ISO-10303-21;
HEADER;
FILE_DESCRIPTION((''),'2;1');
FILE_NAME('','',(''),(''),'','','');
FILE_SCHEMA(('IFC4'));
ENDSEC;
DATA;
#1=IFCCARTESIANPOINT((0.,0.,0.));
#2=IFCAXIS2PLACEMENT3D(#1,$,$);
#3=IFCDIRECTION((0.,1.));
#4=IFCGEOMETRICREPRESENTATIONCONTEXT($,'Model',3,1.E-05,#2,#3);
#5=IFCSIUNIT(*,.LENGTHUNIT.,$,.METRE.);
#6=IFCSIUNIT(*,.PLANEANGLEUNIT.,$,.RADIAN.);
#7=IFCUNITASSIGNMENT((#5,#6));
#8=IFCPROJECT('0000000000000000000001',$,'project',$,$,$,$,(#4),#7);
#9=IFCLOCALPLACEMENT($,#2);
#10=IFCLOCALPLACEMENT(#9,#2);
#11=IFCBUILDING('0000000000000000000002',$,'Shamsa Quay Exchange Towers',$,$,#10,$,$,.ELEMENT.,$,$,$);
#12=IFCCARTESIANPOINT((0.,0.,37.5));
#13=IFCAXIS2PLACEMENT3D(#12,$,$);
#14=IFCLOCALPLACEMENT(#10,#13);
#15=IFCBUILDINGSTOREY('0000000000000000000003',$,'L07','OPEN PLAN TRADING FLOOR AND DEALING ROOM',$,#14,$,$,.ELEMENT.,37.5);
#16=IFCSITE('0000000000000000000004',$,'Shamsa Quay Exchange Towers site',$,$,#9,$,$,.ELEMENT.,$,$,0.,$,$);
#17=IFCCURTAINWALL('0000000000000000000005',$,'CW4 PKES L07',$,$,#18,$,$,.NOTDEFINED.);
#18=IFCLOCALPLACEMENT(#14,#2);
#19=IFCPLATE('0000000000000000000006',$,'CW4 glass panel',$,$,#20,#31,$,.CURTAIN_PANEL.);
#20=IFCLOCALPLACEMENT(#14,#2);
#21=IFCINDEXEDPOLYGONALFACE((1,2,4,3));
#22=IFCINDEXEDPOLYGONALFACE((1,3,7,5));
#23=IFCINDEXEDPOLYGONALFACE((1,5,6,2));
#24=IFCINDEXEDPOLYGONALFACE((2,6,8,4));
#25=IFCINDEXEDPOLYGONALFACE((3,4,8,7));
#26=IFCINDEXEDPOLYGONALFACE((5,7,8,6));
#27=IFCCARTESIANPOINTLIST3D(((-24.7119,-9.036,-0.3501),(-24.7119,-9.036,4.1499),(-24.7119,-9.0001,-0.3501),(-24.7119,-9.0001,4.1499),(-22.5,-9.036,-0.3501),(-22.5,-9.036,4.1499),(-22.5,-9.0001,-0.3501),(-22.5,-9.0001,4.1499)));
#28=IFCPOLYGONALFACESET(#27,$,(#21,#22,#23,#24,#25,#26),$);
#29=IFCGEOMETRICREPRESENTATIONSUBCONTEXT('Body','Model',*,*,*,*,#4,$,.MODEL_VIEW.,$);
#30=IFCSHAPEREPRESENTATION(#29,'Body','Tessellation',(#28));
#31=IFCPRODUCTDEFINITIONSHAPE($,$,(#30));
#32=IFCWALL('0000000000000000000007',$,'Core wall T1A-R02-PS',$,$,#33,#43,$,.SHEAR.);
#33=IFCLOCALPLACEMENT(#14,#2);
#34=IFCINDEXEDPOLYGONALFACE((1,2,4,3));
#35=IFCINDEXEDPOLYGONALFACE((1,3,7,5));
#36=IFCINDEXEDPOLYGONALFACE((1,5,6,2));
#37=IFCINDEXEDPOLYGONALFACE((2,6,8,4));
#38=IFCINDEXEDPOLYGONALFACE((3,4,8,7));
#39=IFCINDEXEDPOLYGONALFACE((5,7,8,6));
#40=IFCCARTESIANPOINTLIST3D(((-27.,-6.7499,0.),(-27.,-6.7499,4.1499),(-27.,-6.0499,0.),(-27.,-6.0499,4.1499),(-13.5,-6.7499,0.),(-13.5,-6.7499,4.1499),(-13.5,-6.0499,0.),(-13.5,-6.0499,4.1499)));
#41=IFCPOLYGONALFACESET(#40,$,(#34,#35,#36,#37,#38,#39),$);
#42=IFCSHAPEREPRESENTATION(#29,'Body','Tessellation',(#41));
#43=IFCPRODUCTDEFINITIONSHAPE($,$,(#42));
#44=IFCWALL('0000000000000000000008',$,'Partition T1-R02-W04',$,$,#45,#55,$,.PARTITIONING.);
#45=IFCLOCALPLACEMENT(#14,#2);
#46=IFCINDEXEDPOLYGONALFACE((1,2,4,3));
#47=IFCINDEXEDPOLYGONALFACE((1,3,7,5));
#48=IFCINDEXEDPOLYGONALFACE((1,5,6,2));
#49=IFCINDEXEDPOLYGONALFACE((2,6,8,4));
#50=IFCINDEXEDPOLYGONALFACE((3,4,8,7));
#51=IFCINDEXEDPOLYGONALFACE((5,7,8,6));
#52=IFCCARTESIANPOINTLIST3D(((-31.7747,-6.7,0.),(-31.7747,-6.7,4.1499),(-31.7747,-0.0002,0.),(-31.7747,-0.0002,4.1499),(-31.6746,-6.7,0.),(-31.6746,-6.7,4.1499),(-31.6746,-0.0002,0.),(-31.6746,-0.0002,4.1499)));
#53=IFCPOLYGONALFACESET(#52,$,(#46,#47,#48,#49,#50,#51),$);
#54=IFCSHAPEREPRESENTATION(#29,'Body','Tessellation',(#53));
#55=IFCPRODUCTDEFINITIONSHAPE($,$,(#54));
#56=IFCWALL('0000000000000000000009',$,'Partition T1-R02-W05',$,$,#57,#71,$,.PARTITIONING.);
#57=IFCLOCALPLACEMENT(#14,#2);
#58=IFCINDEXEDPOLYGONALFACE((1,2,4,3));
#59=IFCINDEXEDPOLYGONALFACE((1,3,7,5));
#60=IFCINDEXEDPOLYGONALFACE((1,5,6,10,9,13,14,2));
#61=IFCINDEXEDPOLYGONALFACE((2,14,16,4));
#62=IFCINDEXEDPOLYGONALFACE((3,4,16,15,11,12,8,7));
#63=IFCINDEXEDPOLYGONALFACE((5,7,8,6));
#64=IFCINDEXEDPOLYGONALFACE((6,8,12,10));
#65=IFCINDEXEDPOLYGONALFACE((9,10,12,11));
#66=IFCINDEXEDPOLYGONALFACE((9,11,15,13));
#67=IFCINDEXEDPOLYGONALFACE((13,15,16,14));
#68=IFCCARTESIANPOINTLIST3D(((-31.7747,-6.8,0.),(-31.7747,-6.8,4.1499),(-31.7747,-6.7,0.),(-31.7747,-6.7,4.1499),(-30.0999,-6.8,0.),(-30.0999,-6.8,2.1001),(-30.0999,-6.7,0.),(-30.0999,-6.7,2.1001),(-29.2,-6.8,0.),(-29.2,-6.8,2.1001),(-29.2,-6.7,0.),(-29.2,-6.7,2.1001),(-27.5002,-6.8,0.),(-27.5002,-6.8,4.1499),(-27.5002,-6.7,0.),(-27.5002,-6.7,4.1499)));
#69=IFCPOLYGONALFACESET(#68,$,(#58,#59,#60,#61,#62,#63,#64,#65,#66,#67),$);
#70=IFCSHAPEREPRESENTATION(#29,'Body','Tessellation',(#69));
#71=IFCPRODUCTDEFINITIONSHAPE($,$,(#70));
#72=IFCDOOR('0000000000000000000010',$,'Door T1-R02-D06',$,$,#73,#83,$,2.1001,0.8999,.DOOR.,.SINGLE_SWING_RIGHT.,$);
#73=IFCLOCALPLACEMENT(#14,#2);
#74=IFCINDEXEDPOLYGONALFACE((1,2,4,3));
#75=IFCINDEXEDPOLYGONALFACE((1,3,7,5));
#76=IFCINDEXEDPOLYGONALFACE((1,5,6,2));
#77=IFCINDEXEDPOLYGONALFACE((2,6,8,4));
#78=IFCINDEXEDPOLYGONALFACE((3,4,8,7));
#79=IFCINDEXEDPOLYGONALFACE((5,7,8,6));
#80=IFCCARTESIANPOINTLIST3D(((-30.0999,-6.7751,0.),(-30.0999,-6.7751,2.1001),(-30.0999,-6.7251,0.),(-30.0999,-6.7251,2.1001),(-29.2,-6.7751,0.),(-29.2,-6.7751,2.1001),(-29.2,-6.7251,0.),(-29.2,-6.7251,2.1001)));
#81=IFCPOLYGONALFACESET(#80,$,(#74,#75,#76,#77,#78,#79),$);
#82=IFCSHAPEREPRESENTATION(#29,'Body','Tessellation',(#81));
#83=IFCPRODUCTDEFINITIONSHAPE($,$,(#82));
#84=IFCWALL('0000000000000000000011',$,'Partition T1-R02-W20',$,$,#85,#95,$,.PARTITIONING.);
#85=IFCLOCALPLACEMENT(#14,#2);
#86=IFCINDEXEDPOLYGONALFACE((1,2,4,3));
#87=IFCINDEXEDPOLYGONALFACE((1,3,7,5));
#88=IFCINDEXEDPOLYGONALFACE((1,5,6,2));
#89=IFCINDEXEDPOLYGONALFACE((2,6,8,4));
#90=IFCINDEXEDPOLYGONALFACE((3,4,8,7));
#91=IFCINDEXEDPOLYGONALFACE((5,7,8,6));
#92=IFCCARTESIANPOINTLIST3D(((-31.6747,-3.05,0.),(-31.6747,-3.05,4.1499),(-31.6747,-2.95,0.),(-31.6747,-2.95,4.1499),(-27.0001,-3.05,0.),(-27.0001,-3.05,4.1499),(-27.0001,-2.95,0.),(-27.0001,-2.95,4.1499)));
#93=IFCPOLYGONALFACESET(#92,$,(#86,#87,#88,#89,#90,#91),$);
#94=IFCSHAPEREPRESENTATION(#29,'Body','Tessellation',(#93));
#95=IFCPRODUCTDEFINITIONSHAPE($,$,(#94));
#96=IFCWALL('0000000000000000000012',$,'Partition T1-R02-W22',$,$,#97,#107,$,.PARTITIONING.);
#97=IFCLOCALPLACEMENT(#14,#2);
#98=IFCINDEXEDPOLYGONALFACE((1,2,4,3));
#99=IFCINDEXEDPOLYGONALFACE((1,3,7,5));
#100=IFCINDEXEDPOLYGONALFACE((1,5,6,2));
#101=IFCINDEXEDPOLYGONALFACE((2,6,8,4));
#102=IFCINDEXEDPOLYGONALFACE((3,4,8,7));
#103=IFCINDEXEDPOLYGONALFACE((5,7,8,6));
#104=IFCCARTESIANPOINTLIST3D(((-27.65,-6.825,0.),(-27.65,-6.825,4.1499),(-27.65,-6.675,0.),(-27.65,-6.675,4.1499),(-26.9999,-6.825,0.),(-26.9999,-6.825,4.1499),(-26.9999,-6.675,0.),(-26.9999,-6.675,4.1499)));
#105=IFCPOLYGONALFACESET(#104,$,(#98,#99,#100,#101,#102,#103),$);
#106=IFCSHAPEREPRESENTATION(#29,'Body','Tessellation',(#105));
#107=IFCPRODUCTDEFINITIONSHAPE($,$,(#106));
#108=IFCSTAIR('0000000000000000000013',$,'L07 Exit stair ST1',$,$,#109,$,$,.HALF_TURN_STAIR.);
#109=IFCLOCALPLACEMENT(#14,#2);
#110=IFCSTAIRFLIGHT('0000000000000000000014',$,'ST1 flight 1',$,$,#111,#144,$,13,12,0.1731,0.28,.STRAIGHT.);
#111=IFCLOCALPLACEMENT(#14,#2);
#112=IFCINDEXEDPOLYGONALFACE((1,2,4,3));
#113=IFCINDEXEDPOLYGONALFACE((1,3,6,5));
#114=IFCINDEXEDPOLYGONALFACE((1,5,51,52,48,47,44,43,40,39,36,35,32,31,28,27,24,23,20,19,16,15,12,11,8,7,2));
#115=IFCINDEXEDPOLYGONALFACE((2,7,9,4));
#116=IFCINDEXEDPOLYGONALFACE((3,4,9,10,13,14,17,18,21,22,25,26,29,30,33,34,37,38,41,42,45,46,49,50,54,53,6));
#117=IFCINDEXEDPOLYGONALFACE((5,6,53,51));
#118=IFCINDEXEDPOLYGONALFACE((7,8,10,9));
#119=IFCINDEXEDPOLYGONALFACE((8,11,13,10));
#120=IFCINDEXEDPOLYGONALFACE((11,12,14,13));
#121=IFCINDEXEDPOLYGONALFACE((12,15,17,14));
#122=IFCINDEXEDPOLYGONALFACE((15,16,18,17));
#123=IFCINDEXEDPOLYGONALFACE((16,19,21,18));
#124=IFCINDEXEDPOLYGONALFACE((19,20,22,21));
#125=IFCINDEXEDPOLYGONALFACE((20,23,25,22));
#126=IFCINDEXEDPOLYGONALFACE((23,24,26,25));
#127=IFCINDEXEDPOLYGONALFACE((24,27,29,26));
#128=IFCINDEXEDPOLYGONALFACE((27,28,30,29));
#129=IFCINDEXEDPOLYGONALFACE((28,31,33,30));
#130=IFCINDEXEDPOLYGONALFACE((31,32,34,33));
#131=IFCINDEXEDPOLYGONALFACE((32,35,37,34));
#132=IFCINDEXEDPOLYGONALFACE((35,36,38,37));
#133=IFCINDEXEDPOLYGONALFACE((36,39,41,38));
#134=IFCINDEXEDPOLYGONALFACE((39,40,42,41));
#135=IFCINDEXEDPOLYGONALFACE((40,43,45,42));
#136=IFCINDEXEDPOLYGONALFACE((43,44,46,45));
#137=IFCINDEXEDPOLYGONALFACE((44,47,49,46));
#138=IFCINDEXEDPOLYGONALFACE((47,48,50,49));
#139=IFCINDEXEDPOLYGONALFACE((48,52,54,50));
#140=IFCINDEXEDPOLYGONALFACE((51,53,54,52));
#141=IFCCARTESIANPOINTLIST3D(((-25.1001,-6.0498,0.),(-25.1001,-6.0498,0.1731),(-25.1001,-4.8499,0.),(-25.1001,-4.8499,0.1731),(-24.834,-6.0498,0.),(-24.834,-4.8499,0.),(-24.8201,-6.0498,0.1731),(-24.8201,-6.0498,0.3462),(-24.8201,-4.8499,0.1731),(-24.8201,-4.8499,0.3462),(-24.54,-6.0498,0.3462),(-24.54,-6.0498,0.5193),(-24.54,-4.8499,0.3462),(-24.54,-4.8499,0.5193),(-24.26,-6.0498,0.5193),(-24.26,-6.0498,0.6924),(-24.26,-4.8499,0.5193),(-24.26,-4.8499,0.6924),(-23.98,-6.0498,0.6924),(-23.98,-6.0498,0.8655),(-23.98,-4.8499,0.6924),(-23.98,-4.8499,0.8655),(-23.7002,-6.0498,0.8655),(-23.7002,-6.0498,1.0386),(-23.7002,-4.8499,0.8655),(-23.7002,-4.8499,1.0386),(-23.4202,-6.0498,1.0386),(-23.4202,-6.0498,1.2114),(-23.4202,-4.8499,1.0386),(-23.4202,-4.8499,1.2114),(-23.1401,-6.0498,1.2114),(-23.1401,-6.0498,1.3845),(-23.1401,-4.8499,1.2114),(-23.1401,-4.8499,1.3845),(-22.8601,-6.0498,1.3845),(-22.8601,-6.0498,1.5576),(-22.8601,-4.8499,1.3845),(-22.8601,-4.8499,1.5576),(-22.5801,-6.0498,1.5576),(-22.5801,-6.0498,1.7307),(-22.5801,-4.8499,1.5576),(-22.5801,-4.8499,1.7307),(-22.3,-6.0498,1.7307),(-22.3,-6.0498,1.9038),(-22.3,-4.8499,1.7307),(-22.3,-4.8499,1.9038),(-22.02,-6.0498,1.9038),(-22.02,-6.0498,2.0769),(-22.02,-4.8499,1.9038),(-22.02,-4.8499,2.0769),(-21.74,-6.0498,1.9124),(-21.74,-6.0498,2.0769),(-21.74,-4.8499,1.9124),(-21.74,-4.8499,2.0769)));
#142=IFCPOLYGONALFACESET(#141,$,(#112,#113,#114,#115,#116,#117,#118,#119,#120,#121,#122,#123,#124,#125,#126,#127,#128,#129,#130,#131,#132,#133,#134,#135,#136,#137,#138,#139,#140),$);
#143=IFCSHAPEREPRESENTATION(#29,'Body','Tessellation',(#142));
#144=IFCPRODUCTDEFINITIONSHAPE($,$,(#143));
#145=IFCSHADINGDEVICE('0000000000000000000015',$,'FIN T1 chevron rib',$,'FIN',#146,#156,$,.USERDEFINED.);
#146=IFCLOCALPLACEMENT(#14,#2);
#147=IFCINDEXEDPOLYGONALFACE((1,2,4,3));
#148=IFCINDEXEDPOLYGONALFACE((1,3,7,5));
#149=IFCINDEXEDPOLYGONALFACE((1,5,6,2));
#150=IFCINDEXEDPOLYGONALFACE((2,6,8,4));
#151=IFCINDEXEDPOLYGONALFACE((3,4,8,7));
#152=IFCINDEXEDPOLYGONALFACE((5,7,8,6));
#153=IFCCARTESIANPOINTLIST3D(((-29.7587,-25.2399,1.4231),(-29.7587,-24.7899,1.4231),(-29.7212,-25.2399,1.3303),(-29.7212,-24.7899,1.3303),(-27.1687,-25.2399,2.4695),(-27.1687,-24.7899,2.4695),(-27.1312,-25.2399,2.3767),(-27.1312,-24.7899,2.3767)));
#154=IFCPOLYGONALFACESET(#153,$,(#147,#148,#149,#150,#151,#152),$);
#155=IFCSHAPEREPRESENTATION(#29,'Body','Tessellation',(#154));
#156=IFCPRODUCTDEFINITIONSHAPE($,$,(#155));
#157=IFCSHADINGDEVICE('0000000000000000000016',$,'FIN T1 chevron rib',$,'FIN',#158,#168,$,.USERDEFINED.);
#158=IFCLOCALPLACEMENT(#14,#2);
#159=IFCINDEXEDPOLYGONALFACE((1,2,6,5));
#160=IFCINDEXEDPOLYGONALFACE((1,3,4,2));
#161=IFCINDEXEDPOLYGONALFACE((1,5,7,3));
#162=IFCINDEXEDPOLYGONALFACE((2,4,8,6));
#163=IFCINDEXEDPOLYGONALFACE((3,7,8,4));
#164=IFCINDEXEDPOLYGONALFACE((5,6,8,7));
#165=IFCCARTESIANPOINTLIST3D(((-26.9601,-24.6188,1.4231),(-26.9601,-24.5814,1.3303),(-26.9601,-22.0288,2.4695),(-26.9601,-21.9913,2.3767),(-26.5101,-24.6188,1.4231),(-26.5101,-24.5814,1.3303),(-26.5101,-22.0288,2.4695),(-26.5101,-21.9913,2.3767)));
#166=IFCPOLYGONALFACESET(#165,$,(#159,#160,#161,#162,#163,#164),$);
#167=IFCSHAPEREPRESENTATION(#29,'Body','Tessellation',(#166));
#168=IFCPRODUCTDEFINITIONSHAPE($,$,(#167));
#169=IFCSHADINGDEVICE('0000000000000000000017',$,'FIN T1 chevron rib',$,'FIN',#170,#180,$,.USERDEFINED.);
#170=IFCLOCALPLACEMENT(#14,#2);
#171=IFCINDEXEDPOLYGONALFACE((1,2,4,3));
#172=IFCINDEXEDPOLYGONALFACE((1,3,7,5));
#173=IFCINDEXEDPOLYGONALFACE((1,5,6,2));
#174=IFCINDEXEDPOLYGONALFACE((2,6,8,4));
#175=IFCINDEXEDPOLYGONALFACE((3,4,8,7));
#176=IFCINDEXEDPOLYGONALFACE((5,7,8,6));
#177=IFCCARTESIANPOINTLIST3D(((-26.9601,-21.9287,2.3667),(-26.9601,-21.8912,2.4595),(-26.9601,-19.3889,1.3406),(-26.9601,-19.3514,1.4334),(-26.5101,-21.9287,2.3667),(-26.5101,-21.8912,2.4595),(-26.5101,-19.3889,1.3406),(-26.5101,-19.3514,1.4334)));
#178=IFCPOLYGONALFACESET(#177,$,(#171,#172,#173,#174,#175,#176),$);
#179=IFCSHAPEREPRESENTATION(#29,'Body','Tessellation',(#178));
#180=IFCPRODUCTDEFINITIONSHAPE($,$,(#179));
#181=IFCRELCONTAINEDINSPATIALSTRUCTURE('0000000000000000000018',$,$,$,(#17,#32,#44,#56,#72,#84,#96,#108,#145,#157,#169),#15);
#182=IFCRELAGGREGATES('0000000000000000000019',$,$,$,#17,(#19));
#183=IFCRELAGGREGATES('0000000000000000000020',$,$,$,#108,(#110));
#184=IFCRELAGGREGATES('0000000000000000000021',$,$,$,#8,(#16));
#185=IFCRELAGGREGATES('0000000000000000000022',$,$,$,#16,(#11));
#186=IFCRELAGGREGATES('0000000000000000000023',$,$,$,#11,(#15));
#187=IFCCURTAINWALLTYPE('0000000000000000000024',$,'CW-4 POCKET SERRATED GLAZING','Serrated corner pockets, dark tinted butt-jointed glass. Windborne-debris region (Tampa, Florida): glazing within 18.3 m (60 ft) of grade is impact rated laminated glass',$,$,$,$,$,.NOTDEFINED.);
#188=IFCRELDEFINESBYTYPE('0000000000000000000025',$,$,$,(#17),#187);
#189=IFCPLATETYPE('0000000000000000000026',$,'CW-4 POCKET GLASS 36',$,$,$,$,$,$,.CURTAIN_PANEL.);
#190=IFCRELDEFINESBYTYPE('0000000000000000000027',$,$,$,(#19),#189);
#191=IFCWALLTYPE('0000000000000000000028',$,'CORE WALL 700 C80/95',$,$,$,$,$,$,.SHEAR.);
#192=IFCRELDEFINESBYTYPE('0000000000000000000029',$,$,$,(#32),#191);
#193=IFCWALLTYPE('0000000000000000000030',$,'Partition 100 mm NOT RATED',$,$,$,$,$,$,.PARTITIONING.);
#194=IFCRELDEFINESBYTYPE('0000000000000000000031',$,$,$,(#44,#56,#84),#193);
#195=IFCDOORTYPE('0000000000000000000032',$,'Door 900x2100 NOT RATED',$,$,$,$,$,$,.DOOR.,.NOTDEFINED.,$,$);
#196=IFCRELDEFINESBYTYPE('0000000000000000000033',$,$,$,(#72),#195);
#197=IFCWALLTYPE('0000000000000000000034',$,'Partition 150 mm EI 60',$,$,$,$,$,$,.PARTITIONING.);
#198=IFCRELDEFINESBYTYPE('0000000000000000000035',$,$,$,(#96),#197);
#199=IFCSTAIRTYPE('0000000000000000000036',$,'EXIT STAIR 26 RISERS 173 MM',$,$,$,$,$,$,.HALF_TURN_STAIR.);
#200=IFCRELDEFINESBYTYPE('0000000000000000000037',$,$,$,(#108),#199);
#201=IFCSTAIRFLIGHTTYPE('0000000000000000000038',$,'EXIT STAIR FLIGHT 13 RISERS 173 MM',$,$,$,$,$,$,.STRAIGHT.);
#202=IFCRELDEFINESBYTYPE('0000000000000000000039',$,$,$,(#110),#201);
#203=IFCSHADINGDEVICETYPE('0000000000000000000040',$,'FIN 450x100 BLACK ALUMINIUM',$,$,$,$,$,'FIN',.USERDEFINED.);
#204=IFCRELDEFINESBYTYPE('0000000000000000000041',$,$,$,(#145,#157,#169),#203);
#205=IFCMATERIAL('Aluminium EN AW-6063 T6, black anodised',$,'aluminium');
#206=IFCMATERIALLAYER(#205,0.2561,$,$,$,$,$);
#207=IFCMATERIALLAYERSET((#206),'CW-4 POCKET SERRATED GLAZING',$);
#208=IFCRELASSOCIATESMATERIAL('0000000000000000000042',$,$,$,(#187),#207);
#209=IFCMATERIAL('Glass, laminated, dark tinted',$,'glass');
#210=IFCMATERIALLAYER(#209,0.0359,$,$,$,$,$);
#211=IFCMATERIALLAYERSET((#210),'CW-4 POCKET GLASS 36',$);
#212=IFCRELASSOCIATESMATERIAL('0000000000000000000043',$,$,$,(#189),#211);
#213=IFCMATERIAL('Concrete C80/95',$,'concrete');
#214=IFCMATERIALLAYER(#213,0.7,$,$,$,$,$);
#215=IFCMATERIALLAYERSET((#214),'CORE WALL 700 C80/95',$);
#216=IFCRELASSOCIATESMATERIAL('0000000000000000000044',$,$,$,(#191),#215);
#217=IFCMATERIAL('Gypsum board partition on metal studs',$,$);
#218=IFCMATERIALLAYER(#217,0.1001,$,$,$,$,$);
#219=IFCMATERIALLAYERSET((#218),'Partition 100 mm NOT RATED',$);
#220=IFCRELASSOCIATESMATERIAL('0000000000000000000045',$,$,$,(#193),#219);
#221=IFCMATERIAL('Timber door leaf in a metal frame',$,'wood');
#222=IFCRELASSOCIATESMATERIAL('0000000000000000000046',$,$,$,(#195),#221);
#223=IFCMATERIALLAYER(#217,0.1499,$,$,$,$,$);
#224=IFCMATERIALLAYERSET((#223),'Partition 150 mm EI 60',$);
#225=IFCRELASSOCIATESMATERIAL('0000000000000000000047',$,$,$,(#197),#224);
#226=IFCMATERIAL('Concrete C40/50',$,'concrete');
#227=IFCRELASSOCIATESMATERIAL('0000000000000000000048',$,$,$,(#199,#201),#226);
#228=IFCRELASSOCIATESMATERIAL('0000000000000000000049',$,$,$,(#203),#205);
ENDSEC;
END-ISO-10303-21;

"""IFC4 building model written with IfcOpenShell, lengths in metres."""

from ifc_helpers import new_model, si_unit, direction, frame, frame_2d, origin, origin_2d, place, context, subcontext, project, spatial, polyline, rectangle, outline, extrude, material, layer, layer_set, material_profile, profile_set, type_object, element, fill, aggregate, save


model = new_model("IFC4")

# Units and contexts
model_context = context("Model", 3, precision=1e-05, world=origin(), true_north=direction((0.0, 1.0)))
body_context = subcontext(model_context, "Body", "Model", "MODEL_VIEW")
ifc_project = project(units=[si_unit("LENGTHUNIT", "METRE"), si_unit("PLANEANGLEUNIT", "RADIAN")], contexts=[model_context])

# Site, building, storey
site_placement = place(None, origin())
site = spatial("IfcSite", under=ifc_project, at=site_placement, Name="Shamsa Quay Exchange Towers site", CompositionType="ELEMENT", RefElevation=0.0)
building_placement = place(site_placement, origin())
building = spatial("IfcBuilding", under=site, at=building_placement, Name="Shamsa Quay Exchange Towers", CompositionType="ELEMENT")
storey_placement = place(building_placement, frame((0.0, 0.0, 37.5)))
storey = spatial("IfcBuildingStorey", under=building, at=storey_placement, Name="L07", Description="OPEN PLAN TRADING FLOOR AND DEALING ROOM", CompositionType="ELEMENT", Elevation=37.5)

# Shared definitions
ifc_material_1 = material(Name="Aluminium EN AW-6063 T6, black anodised", Category="aluminium")

# Shared definitions
ifc_material_2 = material(Name="Glass, laminated, dark tinted", Category="glass")

# Curtain wall, plate
ifc_layer_1 = layer(ifc_material_1, 0.2561)
ifc_layer_set_1 = layer_set([ifc_layer_1], Name="CW-4 POCKET SERRATED GLAZING")
curtain_wall_type_1 = type_object("IfcCurtainWallType", Name="CW-4 POCKET SERRATED GLAZING", Description="Serrated corner pockets, dark tinted butt-jointed glass. Windborne-debris region (Tampa, Florida): glazing within 18.3 m (60 ft) of grade is impact rated laminated glass", PredefinedType="NOTDEFINED", material=ifc_layer_set_1)
curtain_wall_1_placement = place(storey_placement, origin())
curtain_wall_1 = element("IfcCurtainWall", 1, at=curtain_wall_1_placement, inside=storey, type_object=curtain_wall_type_1, Name="CW4 PKES L07", PredefinedType="NOTDEFINED")
ifc_layer_2 = layer(ifc_material_2, 0.0359)
ifc_layer_set_2 = layer_set([ifc_layer_2], Name="CW-4 POCKET GLASS 36")
plate_type_1 = type_object("IfcPlateType", Name="CW-4 POCKET GLASS 36", PredefinedType="CURTAIN_PANEL", material=ifc_layer_set_2)
plate_1_placement = place(storey_placement, frame((-23.606, -9.0181, -0.3501)))
plate_1 = element("IfcPlate", 2, at=plate_1_placement, type_object=plate_type_1, Name="CW4 glass panel", PredefinedType="CURTAIN_PANEL", context=body_context, shape_type="SweptSolid", body=[
    extrude(rectangle(XDim=2.2119, YDim=0.0359, at=origin_2d()), origin(), (0.0, 0.0, 1.0), 4.5),
])
aggregate(curtain_wall_1, [plate_1])

# Walls
ifc_material_3 = material(Name="Concrete C80/95", Category="concrete")
ifc_layer_3 = layer(ifc_material_3, 0.7)
ifc_layer_set_3 = layer_set([ifc_layer_3], Name="CORE WALL 700 C80/95")
wall_type_1 = type_object("IfcWallType", Name="CORE WALL 700 C80/95", PredefinedType="SHEAR", material=ifc_layer_set_3)
wall_1_placement = place(storey_placement, frame((-27.0, -6.3999, 0.0)))
element("IfcWall", 3, at=wall_1_placement, inside=storey, type_object=wall_type_1, Name="Core wall T1A-R02-PS", PredefinedType="SHEAR", context=body_context, shape_type="SweptSolid", body=[
    extrude(rectangle(XDim=13.5, YDim=0.7, at=frame_2d((6.75, 0.0))), origin(), (0.0, 0.0, 1.0), 4.1499),
])
ifc_material_4 = material(Name="Gypsum board partition on metal studs")
ifc_layer_4 = layer(ifc_material_4, 0.1001)
ifc_layer_set_4 = layer_set([ifc_layer_4], Name="Partition 100 mm NOT RATED")
wall_type_2 = type_object("IfcWallType", Name="Partition 100 mm NOT RATED", PredefinedType="PARTITIONING", material=ifc_layer_set_4)
wall_2_placement = place(storey_placement, frame((-31.7246, -0.0002, 0.0), z_axis=(0.0, 0.0, 1.0), x_axis=(0.0, -1.0, 0.0)))
element("IfcWall", 4, at=wall_2_placement, inside=storey, type_object=wall_type_2, Name="Partition T1-R02-W04", PredefinedType="PARTITIONING", context=body_context, shape_type="SweptSolid", body=[
    extrude(rectangle(XDim=6.6997, YDim=0.1001, at=frame_2d((3.3499, 0.0))), origin(), (0.0, 0.0, 1.0), 4.1499),
])

# Wall, opening, door
wall_3_placement = place(storey_placement, frame((-31.7747, -6.75, 0.0)))
wall_3 = element("IfcWall", 5, at=wall_3_placement, inside=storey, type_object=wall_type_2, Name="Partition T1-R02-W05", PredefinedType="PARTITIONING", context=body_context, shape_type="SweptSolid", body=[
    extrude(rectangle(XDim=4.2744, YDim=0.1001, at=frame_2d((2.1372, 0.0))), origin(), (0.0, 0.0, 1.0), 4.1499),
])
opening_1_placement = place(wall_3_placement, frame((1.6748, 0.0, 0.0)))
opening_1 = element("IfcOpeningElement", 6, at=opening_1_placement, cuts=wall_3, PredefinedType="OPENING", context=body_context, shape_type="SweptSolid", body=[
    extrude(rectangle(XDim=0.8999, YDim=2.1001, at=frame_2d((0.45, 1.05))), frame((0.0, 0.0601, 0.0), z_axis=(0.0, -1.0, 0.0), x_axis=(1.0, 0.0, 0.0)), (0.0, 0.0, 1.0), 0.1201),
])
ifc_material_5 = material(Name="Timber door leaf in a metal frame", Category="wood")
door_type_1 = type_object("IfcDoorType", Name="Door 900x2100 NOT RATED", OperationType="NOTDEFINED", PredefinedType="DOOR", material=ifc_material_5)
door_1_placement = place(opening_1_placement, origin())
door_1 = element("IfcDoor", 7, at=door_1_placement, inside=storey, type_object=door_type_1, Name="Door T1-R02-D06", OperationType="SINGLE_SWING_RIGHT", OverallHeight=2.1001, OverallWidth=0.8999, PredefinedType="DOOR", context=body_context, shape_type="SweptSolid", body=[
    extrude(rectangle(XDim=0.8999, YDim=2.1001, at=frame_2d((0.45, 1.05))), frame((0.0, 0.0249, 0.0), z_axis=(0.0, -1.0, 0.0), x_axis=(1.0, 0.0, 0.0)), (0.0, 0.0, 1.0), 0.05),
])
fill(opening_1, door_1)

# Wall
wall_4_placement = place(storey_placement, frame((-27.0, -3.0, 0.0), z_axis=(0.0, 0.0, 1.0), x_axis=(-1.0, 0.0, 0.0)))
element("IfcWall", 8, at=wall_4_placement, inside=storey, type_object=wall_type_2, Name="Partition T1-R02-W20", PredefinedType="PARTITIONING", context=body_context, shape_type="SweptSolid", body=[
    extrude(rectangle(XDim=4.6746, YDim=0.1001, at=frame_2d((2.3374, 0.0))), origin(), (0.0, 0.0, 1.0), 4.1499),
])

# Shared definitions
ifc_layer_5 = layer(ifc_material_4, 0.1499)
ifc_layer_set_5 = layer_set([ifc_layer_5], Name="Partition 150 mm EI 60")
wall_type_3 = type_object("IfcWallType", Name="Partition 150 mm EI 60", PredefinedType="PARTITIONING", material=ifc_layer_set_5)

# Wall
wall_5_placement = place(storey_placement, frame((-27.6501, -6.75, 0.0)))
element("IfcWall", 9, at=wall_5_placement, inside=storey, type_object=wall_type_3, Name="Partition T1-R02-W22", PredefinedType="PARTITIONING", context=body_context, shape_type="SweptSolid", body=[
    extrude(rectangle(XDim=0.6501, YDim=0.1499, at=frame_2d((0.3252, 0.0))), origin(), (0.0, 0.0, 1.0), 4.1499),
])

# Stair, stair flight
ifc_material_6 = material(Name="Concrete C40/50", Category="concrete")
stair_type = type_object("IfcStairType", Name="EXIT STAIR 26 RISERS 173 MM", PredefinedType="HALF_TURN_STAIR", material=ifc_material_6)
stair_placement = place(storey_placement, origin())
stair = element("IfcStair", 10, at=stair_placement, inside=storey, type_object=stair_type, Name="L07 Exit stair ST1", PredefinedType="HALF_TURN_STAIR")
stair_flight_type = type_object("IfcStairFlightType", Name="EXIT STAIR FLIGHT 13 RISERS 173 MM", PredefinedType="STRAIGHT", material=ifc_material_6)
stair_flight_placement = place(storey_placement, frame((-25.1001, -5.45, 0.0)))
stair_flight = element("IfcStairFlight", 11, at=stair_flight_placement, type_object=stair_flight_type, Name="ST1 flight 1", NumberOfRisers=13, NumberOfTreads=12, PredefinedType="STRAIGHT", RiserHeight=0.1731, TreadLength=0.28, context=body_context, shape_type="SweptSolid", body=[
    extrude(outline(polyline([(0.0, 0.0), (0.0, 0.1731), (0.28, 0.1731), (0.28, 0.3462), (0.5601, 0.3462), (0.5601, 0.5193), (0.8401, 0.5193), (0.8401, 0.6924), (1.1201, 0.6924), (1.1201, 0.8655), (1.3999, 0.8655), (1.3999, 1.0386), (1.6799, 1.0386), (1.6799, 1.2114), (1.96, 1.2114), (1.96, 1.3845), (2.24, 1.3845), (2.24, 1.5576), (2.52, 1.5576), (2.52, 1.7307), (2.8, 1.7307), (2.8, 1.9038), (3.0801, 1.9038), (3.0801, 2.0769), (3.3601, 2.0769), (3.3601, 2.25), (3.3601, 1.9124), (0.2661, 0.0), (0.0, 0.0)])), frame((0.0, 0.6001, 0.0), z_axis=(0.0, -1.0, 0.0), x_axis=(1.0, 0.0, 0.0)), (0.0, 0.0, 1.0), 1.2),
])
aggregate(stair, [stair_flight])

# Shading devices
ifc_material_profile_1 = material_profile(ifc_material_1, rectangle(XDim=0.45, YDim=0.1001, at=origin_2d()), Name="FIN450x100")
ifc_profile_set_1 = profile_set([ifc_material_profile_1], Name="Aluminium EN AW-6063 T6, black anodised")
shading_device_type = type_object("IfcShadingDeviceType", Name="FIN 450x100 BLACK ALUMINIUM", ElementType="FIN", PredefinedType="USERDEFINED", material=ifc_profile_set_1)
for number, where, z_axis, x_axis, name in (
    (12, (-29.74, -25.0149, 1.3767), (0.927193, 0.0, 0.374583), (0.0, 1.0, 0.0), "FIN T1 chevron rib"),
    (13, (-26.7351, -24.6001, 1.3767), (0.0, 0.927193, 0.374583), (-1.0, 0.0, 0.0), "FIN T1 chevron rib"),
):
    element("IfcShadingDevice", number, at=place(storey_placement, frame(where, z_axis=z_axis, x_axis=x_axis)), inside=storey, type_object=shading_device_type, Name=name, ObjectType="FIN", PredefinedType="USERDEFINED", context=body_context, shape_type="SweptSolid", body=[
        extrude(rectangle(XDim=0.45, YDim=0.1001, at=origin_2d()), origin(), (0.0, 0.0, 1.0), 2.7935),
    ])
shading_device_1_placement = place(storey_placement, frame((-26.7351, -21.9099, 2.4131), z_axis=(0.0, 0.927186, -0.3746), x_axis=(-1.0, 0.0, 0.0)))
element("IfcShadingDevice", 14, at=shading_device_1_placement, inside=storey, type_object=shading_device_type, Name="FIN T1 chevron rib", ObjectType="FIN", PredefinedType="USERDEFINED", context=body_context, shape_type="SweptSolid", body=[
    extrude(rectangle(XDim=0.45, YDim=0.1001, at=origin_2d()), origin(), (0.0, 0.0, 1.0), 2.7393),
])

save(model, "model.ifc")
